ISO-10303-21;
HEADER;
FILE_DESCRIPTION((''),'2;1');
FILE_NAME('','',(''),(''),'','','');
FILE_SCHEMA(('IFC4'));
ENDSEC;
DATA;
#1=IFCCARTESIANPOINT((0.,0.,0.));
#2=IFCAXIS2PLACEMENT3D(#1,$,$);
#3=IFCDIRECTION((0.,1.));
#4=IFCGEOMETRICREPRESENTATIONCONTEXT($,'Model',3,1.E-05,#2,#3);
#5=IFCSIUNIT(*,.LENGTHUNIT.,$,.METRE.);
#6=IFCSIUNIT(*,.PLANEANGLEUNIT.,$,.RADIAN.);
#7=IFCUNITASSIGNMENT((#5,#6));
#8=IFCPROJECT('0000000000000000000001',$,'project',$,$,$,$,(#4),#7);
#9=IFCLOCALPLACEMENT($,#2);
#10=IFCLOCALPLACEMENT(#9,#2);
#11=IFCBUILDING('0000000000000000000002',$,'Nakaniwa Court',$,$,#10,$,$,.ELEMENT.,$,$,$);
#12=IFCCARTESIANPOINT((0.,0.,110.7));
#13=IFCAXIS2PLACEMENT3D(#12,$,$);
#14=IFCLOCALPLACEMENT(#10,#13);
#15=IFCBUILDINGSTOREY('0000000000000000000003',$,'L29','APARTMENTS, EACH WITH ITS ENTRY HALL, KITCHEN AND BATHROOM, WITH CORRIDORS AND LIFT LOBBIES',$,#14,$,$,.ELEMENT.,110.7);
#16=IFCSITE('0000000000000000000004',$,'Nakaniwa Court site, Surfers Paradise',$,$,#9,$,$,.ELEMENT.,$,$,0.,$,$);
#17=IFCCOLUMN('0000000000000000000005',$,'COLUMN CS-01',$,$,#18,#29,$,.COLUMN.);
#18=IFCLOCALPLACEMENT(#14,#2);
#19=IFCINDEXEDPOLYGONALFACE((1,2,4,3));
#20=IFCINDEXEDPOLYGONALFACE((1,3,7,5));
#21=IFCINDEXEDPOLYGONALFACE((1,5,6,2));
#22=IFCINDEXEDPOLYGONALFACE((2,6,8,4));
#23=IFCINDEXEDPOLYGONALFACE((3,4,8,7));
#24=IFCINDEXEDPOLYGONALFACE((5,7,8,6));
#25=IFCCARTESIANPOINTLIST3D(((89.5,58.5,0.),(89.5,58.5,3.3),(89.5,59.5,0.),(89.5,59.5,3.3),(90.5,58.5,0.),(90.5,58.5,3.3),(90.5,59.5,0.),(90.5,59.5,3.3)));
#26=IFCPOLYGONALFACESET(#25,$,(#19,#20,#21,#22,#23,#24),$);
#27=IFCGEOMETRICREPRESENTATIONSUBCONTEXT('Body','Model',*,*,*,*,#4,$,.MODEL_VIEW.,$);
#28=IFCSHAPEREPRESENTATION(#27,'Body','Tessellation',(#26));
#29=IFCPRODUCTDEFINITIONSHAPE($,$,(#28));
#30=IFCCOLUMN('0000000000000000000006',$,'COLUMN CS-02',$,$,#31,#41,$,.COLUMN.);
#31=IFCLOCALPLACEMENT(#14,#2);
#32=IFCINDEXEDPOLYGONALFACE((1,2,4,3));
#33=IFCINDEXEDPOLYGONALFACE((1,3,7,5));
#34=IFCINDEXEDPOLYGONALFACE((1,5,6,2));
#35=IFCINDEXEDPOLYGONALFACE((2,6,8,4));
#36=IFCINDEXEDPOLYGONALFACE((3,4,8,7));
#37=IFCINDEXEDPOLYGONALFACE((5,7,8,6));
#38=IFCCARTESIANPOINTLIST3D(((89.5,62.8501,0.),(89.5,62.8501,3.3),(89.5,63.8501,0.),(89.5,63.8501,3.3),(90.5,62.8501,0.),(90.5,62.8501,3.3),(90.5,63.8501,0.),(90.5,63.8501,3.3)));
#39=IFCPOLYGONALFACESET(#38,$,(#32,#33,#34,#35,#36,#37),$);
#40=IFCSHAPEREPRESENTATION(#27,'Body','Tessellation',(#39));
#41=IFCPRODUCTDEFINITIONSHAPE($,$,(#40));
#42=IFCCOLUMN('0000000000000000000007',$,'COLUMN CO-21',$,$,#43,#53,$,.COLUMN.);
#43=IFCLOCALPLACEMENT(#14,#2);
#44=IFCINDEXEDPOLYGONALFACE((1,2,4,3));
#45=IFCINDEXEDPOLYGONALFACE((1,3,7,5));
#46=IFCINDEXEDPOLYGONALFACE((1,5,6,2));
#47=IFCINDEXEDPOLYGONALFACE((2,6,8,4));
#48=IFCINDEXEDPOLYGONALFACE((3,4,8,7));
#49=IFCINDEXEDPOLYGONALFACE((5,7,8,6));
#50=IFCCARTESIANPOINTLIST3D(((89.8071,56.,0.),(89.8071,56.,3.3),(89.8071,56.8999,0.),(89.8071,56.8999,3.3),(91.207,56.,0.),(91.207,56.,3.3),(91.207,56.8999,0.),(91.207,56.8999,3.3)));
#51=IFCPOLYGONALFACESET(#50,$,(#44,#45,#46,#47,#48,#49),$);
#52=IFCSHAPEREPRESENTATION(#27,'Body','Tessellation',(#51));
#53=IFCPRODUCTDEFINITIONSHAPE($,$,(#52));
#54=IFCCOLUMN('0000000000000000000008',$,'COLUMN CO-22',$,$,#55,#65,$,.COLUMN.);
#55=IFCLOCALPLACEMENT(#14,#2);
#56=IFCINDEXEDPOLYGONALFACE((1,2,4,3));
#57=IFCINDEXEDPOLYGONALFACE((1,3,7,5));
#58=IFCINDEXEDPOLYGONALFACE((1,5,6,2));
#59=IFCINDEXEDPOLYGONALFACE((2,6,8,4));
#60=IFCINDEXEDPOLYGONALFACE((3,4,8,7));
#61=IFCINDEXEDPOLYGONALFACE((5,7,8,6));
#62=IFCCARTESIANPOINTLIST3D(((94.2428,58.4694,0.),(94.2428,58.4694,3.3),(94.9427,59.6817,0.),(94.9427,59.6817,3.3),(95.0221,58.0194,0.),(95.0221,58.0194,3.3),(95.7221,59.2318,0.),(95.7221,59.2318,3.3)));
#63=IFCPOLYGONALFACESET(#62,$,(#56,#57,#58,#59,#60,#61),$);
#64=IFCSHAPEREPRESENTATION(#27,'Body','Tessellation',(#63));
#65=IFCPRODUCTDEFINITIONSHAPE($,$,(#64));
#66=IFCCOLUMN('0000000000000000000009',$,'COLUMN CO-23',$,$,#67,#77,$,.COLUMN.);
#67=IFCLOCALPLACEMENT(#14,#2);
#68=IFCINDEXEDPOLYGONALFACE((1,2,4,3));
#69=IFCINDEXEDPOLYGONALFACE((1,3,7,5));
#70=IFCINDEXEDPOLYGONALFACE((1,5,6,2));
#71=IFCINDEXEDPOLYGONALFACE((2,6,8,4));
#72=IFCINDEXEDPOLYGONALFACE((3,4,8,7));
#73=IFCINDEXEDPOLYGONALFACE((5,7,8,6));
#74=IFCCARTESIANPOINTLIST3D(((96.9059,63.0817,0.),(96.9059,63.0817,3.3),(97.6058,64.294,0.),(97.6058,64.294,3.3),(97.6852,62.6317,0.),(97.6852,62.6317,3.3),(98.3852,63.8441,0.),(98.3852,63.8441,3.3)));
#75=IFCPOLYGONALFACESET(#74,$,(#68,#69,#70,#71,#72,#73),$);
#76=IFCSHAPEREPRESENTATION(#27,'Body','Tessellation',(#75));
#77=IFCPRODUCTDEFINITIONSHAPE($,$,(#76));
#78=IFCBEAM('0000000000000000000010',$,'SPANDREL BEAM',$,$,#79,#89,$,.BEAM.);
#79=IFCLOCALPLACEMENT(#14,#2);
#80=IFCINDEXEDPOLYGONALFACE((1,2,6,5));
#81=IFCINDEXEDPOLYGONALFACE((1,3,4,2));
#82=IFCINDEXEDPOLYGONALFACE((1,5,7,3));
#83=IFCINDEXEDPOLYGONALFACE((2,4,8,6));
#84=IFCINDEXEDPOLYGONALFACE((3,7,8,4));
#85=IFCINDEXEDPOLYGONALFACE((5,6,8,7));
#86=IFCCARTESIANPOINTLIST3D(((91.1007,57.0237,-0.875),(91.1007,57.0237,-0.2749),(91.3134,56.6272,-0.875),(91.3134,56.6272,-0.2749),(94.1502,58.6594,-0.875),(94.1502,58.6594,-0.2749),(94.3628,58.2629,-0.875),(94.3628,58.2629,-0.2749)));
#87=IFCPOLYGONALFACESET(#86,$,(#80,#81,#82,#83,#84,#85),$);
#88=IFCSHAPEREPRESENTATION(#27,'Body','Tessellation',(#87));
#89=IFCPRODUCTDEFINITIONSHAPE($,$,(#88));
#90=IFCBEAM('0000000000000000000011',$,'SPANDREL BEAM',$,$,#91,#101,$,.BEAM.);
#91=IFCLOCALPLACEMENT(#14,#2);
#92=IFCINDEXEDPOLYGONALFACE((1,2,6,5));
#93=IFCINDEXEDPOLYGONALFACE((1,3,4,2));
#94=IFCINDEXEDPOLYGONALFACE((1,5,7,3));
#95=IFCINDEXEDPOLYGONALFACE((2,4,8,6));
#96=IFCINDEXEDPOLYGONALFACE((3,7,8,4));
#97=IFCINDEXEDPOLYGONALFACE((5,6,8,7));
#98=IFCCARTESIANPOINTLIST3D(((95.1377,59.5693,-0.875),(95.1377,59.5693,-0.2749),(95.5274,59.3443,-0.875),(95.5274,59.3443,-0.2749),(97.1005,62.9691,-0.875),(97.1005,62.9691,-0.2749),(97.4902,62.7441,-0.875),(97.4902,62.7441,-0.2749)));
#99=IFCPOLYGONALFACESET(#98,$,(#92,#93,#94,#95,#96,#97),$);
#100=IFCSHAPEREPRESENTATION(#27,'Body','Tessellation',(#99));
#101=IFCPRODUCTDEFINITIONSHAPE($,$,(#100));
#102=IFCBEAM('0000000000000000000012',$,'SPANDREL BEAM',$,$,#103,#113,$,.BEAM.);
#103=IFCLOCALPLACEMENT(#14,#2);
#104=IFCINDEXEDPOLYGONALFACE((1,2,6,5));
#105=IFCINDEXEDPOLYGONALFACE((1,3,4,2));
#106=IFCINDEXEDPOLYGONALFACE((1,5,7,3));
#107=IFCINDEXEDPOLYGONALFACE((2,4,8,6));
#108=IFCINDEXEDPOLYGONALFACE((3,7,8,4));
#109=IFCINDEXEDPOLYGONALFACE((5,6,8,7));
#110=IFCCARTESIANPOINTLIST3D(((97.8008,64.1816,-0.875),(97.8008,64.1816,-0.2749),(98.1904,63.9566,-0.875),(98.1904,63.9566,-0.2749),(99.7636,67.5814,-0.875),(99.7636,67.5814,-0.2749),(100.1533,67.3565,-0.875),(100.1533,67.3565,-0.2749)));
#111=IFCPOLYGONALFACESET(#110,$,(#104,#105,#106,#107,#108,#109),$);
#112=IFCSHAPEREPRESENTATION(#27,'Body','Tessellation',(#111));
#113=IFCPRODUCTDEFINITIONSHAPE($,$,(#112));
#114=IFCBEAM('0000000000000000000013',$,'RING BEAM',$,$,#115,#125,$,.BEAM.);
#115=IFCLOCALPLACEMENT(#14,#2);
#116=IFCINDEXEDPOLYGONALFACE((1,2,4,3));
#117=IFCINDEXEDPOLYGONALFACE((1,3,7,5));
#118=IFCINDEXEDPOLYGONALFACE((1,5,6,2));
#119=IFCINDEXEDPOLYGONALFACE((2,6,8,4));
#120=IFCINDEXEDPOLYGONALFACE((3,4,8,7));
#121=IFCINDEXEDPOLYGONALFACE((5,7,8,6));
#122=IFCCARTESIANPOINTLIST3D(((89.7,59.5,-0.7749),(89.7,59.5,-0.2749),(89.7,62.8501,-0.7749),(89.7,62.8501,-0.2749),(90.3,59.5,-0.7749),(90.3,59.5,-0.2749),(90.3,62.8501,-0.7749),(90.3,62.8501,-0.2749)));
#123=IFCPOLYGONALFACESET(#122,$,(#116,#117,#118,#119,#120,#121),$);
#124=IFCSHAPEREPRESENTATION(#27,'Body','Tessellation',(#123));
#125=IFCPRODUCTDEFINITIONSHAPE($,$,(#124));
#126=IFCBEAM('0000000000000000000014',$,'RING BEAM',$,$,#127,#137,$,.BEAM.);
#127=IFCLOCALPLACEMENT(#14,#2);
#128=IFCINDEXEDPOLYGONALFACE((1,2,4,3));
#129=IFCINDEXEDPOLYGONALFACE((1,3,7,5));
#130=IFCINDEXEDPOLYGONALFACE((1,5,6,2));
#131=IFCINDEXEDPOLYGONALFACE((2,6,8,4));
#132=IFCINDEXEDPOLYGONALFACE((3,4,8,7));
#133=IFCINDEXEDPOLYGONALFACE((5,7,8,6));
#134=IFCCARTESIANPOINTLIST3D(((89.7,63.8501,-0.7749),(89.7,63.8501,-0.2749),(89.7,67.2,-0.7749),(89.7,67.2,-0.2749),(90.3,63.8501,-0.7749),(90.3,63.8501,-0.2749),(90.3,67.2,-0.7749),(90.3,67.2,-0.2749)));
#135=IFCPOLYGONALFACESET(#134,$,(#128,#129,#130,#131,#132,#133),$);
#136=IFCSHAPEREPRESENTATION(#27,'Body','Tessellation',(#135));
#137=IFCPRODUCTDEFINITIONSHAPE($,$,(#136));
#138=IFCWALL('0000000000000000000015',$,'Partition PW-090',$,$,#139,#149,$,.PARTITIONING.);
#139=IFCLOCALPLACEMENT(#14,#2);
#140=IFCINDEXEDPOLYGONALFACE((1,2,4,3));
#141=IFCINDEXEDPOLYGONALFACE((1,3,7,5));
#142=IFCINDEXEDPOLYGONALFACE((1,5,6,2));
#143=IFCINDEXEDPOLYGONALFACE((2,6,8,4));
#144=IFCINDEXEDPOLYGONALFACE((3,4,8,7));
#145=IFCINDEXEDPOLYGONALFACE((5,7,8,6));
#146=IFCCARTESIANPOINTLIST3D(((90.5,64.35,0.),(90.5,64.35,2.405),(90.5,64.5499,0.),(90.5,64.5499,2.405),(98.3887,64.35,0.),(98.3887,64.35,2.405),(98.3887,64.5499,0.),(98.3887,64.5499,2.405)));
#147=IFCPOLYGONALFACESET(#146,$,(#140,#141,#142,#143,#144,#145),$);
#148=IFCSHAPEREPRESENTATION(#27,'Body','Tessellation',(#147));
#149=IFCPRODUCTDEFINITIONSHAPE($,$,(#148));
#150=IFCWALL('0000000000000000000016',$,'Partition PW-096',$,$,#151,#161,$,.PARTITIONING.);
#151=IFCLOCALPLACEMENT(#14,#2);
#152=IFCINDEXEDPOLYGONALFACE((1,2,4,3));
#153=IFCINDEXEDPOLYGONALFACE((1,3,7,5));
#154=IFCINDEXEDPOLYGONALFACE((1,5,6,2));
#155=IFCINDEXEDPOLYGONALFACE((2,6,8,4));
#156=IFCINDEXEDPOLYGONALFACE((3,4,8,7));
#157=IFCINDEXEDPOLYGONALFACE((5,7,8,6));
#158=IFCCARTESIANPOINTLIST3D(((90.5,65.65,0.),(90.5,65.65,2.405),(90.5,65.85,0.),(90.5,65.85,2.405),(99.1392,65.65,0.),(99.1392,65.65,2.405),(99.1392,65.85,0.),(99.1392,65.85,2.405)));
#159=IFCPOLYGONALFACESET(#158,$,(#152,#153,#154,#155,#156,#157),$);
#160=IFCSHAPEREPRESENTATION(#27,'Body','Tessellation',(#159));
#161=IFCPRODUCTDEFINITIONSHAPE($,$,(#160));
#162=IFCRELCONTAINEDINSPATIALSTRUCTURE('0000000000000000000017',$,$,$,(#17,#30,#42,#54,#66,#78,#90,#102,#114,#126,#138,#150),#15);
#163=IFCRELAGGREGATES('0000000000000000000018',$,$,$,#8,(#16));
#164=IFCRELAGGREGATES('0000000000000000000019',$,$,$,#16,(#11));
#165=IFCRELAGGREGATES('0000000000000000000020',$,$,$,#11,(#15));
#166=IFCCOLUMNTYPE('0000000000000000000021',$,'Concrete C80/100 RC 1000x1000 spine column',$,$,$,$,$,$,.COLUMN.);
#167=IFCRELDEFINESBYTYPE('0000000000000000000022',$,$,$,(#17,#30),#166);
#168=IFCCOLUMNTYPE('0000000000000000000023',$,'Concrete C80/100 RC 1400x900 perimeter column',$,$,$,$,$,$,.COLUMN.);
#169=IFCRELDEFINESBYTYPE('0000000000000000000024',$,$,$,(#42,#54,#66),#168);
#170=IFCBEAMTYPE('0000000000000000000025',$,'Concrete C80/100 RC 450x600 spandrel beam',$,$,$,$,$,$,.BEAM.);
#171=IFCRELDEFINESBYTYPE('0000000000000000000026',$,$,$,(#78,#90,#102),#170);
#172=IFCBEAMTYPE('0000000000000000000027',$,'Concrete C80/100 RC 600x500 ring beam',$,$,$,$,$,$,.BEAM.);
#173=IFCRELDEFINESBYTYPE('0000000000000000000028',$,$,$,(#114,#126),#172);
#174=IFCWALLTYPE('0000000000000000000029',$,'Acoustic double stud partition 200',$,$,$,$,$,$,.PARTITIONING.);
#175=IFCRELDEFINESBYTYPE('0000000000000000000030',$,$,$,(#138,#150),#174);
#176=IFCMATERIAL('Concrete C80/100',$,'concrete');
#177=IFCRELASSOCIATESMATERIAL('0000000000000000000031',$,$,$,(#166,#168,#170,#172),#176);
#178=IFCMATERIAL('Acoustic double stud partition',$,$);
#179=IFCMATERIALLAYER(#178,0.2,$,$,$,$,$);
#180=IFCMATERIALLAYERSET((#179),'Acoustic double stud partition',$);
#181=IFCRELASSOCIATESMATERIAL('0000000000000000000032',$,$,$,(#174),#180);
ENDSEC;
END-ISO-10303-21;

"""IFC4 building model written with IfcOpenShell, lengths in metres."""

from ifc_helpers import new_model, si_unit, direction, frame, frame_2d, origin, origin_2d, place, context, subcontext, project, spatial, rectangle, extrude, material, layer, layer_set, material_profile, profile_set, type_object, element, save


model = new_model("IFC4")

# Units and contexts
model_context = context("Model", 3, precision=1e-05, world=origin(), true_north=direction((0.0, 1.0)))
body_context = subcontext(model_context, "Body", "Model", "MODEL_VIEW")
ifc_project = project(units=[si_unit("LENGTHUNIT", "METRE"), si_unit("PLANEANGLEUNIT", "RADIAN")], contexts=[model_context])

# Site, building, storey
site_placement = place(None, origin())
site = spatial("IfcSite", under=ifc_project, at=site_placement, Name="Nakaniwa Court site, Surfers Paradise", CompositionType="ELEMENT", RefElevation=0.0)
building_placement = place(site_placement, origin())
building = spatial("IfcBuilding", under=site, at=building_placement, Name="Nakaniwa Court", CompositionType="ELEMENT")
storey_placement = place(building_placement, frame((0.0, 0.0, 110.7)))
storey = spatial("IfcBuildingStorey", under=building, at=storey_placement, Name="L29", Description="APARTMENTS, EACH WITH ITS ENTRY HALL, KITCHEN AND BATHROOM, WITH CORRIDORS AND LIFT LOBBIES", CompositionType="ELEMENT", Elevation=110.7)

# Columns
ifc_material_1 = material(Name="Concrete C80/100", Category="concrete")
ifc_material_profile_1 = material_profile(ifc_material_1, rectangle(XDim=1.0, YDim=1.0, at=origin_2d()), Name="Concrete C80/100 RC 1000x1000 spine column")
ifc_profile_set_1 = profile_set([ifc_material_profile_1], Name="Concrete C80/100")
column_type_1 = type_object("IfcColumnType", Name="Concrete C80/100 RC 1000x1000 spine column", PredefinedType="COLUMN", material=ifc_profile_set_1)
for number, where, z_axis, x_axis, name in (
    (1, (90.0, 59.0, 0.0), (0.0, 0.0, 1.0), (0.0, 1.0, 0.0), "COLUMN CS-01"),
    (2, (90.0, 63.3501, 0.0), (0.0, 0.0, 1.0), (0.0, 1.0, 0.0), "COLUMN CS-02"),
):
    element("IfcColumn", number, at=place(storey_placement, frame(where, z_axis=z_axis, x_axis=x_axis)), inside=storey, type_object=column_type_1, Name=name, PredefinedType="COLUMN", context=body_context, shape_type="SweptSolid", body=[
        extrude(rectangle(XDim=1.0, YDim=1.0, at=origin_2d()), origin(), (0.0, 0.0, 1.0), 3.3),
    ])
ifc_material_profile_2 = material_profile(ifc_material_1, rectangle(XDim=1.3999, YDim=0.8999, at=origin_2d()), Name="Concrete C80/100 RC 1400x900 perimeter column")
ifc_profile_set_2 = profile_set([ifc_material_profile_2], Name="Concrete C80/100")
column_type_2 = type_object("IfcColumnType", Name="Concrete C80/100 RC 1400x900 perimeter column", PredefinedType="COLUMN", material=ifc_profile_set_2)
for number, where, z_axis, x_axis, name in (
    (3, (90.5071, 56.45, 0.0), (0.0, 0.0, 1.0), (1.0, 0.0, 0.0), "COLUMN CO-21"),
    (4, (94.9824, 58.8506, 0.0), (0.0, 0.0, 1.0), (0.5, 0.866025, 0.0), "COLUMN CO-22"),
    (5, (97.6455, 63.4629, 0.0), (0.0, 0.0, 1.0), (0.5, 0.866025, 0.0), "COLUMN CO-23"),
):
    element("IfcColumn", number, at=place(storey_placement, frame(where, z_axis=z_axis, x_axis=x_axis)), inside=storey, type_object=column_type_2, Name=name, PredefinedType="COLUMN", context=body_context, shape_type="SweptSolid", body=[
        extrude(rectangle(XDim=1.3999, YDim=0.8999, at=origin_2d()), origin(), (0.0, 0.0, 1.0), 3.3),
    ])

# Beams
ifc_material_profile_3 = material_profile(ifc_material_1, rectangle(XDim=0.45, YDim=0.6001, at=origin_2d()), Name="Concrete C80/100 RC 450x600 spandrel beam")
ifc_profile_set_3 = profile_set([ifc_material_profile_3], Name="Concrete C80/100")
beam_type_1 = type_object("IfcBeamType", Name="Concrete C80/100 RC 450x600 spandrel beam", PredefinedType="BEAM", material=ifc_profile_set_3)
beam_1_placement = place(storey_placement, frame((91.207, 56.8254, -0.575), z_axis=(0.881233, 0.472681, 0.0), x_axis=(-0.472681, 0.881233, 0.0)))
element("IfcBeam", 6, at=beam_1_placement, inside=storey, type_object=beam_type_1, Name="SPANDREL BEAM", PredefinedType="BEAM", context=body_context, shape_type="SweptSolid", body=[
    extrude(rectangle(XDim=0.45, YDim=0.6001, at=origin_2d()), origin(), (0.0, 0.0, 1.0), 3.4604),
])
for number, where, z_axis, x_axis, name in (
    (7, (95.3325, 59.4568, -0.575), (0.499992, 0.86603, 0.0), (-0.86603, 0.499992, 0.0), "SPANDREL BEAM"),
    (8, (97.9956, 64.0691, -0.575), (0.499992, 0.86603, 0.0), (-0.86603, 0.499992, 0.0), "SPANDREL BEAM"),
):
    element("IfcBeam", number, at=place(storey_placement, frame(where, z_axis=z_axis, x_axis=x_axis)), inside=storey, type_object=beam_type_1, Name=name, PredefinedType="BEAM", context=body_context, shape_type="SweptSolid", body=[
        extrude(rectangle(XDim=0.45, YDim=0.6001, at=origin_2d()), origin(), (0.0, 0.0, 1.0), 3.9258),
    ])
ifc_material_profile_4 = material_profile(ifc_material_1, rectangle(XDim=0.6001, YDim=0.5, at=origin_2d()), Name="Concrete C80/100 RC 600x500 ring beam")
ifc_profile_set_4 = profile_set([ifc_material_profile_4], Name="Concrete C80/100")
beam_type_2 = type_object("IfcBeamType", Name="Concrete C80/100 RC 600x500 ring beam", PredefinedType="BEAM", material=ifc_profile_set_4)
beam_2_placement = place(storey_placement, frame((90.0, 59.5, -0.5249), z_axis=(0.0, 1.0, 0.0), x_axis=(-1.0, 0.0, 0.0)))
element("IfcBeam", 9, at=beam_2_placement, inside=storey, type_object=beam_type_2, Name="RING BEAM", PredefinedType="BEAM", context=body_context, shape_type="SweptSolid", body=[
    extrude(rectangle(XDim=0.6001, YDim=0.5, at=origin_2d()), origin(), (0.0, 0.0, 1.0), 3.3501),
])
beam_3_placement = place(storey_placement, frame((90.0, 63.8501, -0.5249), z_axis=(0.0, 1.0, 0.0), x_axis=(-1.0, 0.0, 0.0)))
element("IfcBeam", 10, at=beam_3_placement, inside=storey, type_object=beam_type_2, Name="RING BEAM", PredefinedType="BEAM", context=body_context, shape_type="SweptSolid", body=[
    extrude(rectangle(XDim=0.6001, YDim=0.5, at=origin_2d()), origin(), (0.0, 0.0, 1.0), 3.3499),
])

# Walls
ifc_material_2 = material(Name="Acoustic double stud partition")
ifc_layer_1 = layer(ifc_material_2, 0.2)
ifc_layer_set_1 = layer_set([ifc_layer_1], Name="Acoustic double stud partition")
wall_type_1 = type_object("IfcWallType", Name="Acoustic double stud partition 200", PredefinedType="PARTITIONING", material=ifc_layer_set_1)
wall_1_placement = place(storey_placement, frame((90.5, 64.45, 0.0), z_axis=(0.0, 0.0, 1.0), x_axis=(1.0, 0.0, 0.0)))
element("IfcWall", 11, at=wall_1_placement, inside=storey, type_object=wall_type_1, Name="Partition PW-090", PredefinedType="PARTITIONING", context=body_context, shape_type="SweptSolid", body=[
    extrude(rectangle(XDim=7.8887, YDim=0.2, at=frame_2d((3.9443, 0.0))), origin(), (0.0, 0.0, 1.0), 2.405),
])
wall_2_placement = place(storey_placement, frame((90.5, 65.75, 0.0), z_axis=(0.0, 0.0, 1.0), x_axis=(1.0, 0.0, 0.0)))
element("IfcWall", 12, at=wall_2_placement, inside=storey, type_object=wall_type_1, Name="Partition PW-096", PredefinedType="PARTITIONING", context=body_context, shape_type="SweptSolid", body=[
    extrude(rectangle(XDim=8.6392, YDim=0.2, at=frame_2d((4.3196, 0.0))), origin(), (0.0, 0.0, 1.0), 2.405),
])

save(model, "model.ifc")
